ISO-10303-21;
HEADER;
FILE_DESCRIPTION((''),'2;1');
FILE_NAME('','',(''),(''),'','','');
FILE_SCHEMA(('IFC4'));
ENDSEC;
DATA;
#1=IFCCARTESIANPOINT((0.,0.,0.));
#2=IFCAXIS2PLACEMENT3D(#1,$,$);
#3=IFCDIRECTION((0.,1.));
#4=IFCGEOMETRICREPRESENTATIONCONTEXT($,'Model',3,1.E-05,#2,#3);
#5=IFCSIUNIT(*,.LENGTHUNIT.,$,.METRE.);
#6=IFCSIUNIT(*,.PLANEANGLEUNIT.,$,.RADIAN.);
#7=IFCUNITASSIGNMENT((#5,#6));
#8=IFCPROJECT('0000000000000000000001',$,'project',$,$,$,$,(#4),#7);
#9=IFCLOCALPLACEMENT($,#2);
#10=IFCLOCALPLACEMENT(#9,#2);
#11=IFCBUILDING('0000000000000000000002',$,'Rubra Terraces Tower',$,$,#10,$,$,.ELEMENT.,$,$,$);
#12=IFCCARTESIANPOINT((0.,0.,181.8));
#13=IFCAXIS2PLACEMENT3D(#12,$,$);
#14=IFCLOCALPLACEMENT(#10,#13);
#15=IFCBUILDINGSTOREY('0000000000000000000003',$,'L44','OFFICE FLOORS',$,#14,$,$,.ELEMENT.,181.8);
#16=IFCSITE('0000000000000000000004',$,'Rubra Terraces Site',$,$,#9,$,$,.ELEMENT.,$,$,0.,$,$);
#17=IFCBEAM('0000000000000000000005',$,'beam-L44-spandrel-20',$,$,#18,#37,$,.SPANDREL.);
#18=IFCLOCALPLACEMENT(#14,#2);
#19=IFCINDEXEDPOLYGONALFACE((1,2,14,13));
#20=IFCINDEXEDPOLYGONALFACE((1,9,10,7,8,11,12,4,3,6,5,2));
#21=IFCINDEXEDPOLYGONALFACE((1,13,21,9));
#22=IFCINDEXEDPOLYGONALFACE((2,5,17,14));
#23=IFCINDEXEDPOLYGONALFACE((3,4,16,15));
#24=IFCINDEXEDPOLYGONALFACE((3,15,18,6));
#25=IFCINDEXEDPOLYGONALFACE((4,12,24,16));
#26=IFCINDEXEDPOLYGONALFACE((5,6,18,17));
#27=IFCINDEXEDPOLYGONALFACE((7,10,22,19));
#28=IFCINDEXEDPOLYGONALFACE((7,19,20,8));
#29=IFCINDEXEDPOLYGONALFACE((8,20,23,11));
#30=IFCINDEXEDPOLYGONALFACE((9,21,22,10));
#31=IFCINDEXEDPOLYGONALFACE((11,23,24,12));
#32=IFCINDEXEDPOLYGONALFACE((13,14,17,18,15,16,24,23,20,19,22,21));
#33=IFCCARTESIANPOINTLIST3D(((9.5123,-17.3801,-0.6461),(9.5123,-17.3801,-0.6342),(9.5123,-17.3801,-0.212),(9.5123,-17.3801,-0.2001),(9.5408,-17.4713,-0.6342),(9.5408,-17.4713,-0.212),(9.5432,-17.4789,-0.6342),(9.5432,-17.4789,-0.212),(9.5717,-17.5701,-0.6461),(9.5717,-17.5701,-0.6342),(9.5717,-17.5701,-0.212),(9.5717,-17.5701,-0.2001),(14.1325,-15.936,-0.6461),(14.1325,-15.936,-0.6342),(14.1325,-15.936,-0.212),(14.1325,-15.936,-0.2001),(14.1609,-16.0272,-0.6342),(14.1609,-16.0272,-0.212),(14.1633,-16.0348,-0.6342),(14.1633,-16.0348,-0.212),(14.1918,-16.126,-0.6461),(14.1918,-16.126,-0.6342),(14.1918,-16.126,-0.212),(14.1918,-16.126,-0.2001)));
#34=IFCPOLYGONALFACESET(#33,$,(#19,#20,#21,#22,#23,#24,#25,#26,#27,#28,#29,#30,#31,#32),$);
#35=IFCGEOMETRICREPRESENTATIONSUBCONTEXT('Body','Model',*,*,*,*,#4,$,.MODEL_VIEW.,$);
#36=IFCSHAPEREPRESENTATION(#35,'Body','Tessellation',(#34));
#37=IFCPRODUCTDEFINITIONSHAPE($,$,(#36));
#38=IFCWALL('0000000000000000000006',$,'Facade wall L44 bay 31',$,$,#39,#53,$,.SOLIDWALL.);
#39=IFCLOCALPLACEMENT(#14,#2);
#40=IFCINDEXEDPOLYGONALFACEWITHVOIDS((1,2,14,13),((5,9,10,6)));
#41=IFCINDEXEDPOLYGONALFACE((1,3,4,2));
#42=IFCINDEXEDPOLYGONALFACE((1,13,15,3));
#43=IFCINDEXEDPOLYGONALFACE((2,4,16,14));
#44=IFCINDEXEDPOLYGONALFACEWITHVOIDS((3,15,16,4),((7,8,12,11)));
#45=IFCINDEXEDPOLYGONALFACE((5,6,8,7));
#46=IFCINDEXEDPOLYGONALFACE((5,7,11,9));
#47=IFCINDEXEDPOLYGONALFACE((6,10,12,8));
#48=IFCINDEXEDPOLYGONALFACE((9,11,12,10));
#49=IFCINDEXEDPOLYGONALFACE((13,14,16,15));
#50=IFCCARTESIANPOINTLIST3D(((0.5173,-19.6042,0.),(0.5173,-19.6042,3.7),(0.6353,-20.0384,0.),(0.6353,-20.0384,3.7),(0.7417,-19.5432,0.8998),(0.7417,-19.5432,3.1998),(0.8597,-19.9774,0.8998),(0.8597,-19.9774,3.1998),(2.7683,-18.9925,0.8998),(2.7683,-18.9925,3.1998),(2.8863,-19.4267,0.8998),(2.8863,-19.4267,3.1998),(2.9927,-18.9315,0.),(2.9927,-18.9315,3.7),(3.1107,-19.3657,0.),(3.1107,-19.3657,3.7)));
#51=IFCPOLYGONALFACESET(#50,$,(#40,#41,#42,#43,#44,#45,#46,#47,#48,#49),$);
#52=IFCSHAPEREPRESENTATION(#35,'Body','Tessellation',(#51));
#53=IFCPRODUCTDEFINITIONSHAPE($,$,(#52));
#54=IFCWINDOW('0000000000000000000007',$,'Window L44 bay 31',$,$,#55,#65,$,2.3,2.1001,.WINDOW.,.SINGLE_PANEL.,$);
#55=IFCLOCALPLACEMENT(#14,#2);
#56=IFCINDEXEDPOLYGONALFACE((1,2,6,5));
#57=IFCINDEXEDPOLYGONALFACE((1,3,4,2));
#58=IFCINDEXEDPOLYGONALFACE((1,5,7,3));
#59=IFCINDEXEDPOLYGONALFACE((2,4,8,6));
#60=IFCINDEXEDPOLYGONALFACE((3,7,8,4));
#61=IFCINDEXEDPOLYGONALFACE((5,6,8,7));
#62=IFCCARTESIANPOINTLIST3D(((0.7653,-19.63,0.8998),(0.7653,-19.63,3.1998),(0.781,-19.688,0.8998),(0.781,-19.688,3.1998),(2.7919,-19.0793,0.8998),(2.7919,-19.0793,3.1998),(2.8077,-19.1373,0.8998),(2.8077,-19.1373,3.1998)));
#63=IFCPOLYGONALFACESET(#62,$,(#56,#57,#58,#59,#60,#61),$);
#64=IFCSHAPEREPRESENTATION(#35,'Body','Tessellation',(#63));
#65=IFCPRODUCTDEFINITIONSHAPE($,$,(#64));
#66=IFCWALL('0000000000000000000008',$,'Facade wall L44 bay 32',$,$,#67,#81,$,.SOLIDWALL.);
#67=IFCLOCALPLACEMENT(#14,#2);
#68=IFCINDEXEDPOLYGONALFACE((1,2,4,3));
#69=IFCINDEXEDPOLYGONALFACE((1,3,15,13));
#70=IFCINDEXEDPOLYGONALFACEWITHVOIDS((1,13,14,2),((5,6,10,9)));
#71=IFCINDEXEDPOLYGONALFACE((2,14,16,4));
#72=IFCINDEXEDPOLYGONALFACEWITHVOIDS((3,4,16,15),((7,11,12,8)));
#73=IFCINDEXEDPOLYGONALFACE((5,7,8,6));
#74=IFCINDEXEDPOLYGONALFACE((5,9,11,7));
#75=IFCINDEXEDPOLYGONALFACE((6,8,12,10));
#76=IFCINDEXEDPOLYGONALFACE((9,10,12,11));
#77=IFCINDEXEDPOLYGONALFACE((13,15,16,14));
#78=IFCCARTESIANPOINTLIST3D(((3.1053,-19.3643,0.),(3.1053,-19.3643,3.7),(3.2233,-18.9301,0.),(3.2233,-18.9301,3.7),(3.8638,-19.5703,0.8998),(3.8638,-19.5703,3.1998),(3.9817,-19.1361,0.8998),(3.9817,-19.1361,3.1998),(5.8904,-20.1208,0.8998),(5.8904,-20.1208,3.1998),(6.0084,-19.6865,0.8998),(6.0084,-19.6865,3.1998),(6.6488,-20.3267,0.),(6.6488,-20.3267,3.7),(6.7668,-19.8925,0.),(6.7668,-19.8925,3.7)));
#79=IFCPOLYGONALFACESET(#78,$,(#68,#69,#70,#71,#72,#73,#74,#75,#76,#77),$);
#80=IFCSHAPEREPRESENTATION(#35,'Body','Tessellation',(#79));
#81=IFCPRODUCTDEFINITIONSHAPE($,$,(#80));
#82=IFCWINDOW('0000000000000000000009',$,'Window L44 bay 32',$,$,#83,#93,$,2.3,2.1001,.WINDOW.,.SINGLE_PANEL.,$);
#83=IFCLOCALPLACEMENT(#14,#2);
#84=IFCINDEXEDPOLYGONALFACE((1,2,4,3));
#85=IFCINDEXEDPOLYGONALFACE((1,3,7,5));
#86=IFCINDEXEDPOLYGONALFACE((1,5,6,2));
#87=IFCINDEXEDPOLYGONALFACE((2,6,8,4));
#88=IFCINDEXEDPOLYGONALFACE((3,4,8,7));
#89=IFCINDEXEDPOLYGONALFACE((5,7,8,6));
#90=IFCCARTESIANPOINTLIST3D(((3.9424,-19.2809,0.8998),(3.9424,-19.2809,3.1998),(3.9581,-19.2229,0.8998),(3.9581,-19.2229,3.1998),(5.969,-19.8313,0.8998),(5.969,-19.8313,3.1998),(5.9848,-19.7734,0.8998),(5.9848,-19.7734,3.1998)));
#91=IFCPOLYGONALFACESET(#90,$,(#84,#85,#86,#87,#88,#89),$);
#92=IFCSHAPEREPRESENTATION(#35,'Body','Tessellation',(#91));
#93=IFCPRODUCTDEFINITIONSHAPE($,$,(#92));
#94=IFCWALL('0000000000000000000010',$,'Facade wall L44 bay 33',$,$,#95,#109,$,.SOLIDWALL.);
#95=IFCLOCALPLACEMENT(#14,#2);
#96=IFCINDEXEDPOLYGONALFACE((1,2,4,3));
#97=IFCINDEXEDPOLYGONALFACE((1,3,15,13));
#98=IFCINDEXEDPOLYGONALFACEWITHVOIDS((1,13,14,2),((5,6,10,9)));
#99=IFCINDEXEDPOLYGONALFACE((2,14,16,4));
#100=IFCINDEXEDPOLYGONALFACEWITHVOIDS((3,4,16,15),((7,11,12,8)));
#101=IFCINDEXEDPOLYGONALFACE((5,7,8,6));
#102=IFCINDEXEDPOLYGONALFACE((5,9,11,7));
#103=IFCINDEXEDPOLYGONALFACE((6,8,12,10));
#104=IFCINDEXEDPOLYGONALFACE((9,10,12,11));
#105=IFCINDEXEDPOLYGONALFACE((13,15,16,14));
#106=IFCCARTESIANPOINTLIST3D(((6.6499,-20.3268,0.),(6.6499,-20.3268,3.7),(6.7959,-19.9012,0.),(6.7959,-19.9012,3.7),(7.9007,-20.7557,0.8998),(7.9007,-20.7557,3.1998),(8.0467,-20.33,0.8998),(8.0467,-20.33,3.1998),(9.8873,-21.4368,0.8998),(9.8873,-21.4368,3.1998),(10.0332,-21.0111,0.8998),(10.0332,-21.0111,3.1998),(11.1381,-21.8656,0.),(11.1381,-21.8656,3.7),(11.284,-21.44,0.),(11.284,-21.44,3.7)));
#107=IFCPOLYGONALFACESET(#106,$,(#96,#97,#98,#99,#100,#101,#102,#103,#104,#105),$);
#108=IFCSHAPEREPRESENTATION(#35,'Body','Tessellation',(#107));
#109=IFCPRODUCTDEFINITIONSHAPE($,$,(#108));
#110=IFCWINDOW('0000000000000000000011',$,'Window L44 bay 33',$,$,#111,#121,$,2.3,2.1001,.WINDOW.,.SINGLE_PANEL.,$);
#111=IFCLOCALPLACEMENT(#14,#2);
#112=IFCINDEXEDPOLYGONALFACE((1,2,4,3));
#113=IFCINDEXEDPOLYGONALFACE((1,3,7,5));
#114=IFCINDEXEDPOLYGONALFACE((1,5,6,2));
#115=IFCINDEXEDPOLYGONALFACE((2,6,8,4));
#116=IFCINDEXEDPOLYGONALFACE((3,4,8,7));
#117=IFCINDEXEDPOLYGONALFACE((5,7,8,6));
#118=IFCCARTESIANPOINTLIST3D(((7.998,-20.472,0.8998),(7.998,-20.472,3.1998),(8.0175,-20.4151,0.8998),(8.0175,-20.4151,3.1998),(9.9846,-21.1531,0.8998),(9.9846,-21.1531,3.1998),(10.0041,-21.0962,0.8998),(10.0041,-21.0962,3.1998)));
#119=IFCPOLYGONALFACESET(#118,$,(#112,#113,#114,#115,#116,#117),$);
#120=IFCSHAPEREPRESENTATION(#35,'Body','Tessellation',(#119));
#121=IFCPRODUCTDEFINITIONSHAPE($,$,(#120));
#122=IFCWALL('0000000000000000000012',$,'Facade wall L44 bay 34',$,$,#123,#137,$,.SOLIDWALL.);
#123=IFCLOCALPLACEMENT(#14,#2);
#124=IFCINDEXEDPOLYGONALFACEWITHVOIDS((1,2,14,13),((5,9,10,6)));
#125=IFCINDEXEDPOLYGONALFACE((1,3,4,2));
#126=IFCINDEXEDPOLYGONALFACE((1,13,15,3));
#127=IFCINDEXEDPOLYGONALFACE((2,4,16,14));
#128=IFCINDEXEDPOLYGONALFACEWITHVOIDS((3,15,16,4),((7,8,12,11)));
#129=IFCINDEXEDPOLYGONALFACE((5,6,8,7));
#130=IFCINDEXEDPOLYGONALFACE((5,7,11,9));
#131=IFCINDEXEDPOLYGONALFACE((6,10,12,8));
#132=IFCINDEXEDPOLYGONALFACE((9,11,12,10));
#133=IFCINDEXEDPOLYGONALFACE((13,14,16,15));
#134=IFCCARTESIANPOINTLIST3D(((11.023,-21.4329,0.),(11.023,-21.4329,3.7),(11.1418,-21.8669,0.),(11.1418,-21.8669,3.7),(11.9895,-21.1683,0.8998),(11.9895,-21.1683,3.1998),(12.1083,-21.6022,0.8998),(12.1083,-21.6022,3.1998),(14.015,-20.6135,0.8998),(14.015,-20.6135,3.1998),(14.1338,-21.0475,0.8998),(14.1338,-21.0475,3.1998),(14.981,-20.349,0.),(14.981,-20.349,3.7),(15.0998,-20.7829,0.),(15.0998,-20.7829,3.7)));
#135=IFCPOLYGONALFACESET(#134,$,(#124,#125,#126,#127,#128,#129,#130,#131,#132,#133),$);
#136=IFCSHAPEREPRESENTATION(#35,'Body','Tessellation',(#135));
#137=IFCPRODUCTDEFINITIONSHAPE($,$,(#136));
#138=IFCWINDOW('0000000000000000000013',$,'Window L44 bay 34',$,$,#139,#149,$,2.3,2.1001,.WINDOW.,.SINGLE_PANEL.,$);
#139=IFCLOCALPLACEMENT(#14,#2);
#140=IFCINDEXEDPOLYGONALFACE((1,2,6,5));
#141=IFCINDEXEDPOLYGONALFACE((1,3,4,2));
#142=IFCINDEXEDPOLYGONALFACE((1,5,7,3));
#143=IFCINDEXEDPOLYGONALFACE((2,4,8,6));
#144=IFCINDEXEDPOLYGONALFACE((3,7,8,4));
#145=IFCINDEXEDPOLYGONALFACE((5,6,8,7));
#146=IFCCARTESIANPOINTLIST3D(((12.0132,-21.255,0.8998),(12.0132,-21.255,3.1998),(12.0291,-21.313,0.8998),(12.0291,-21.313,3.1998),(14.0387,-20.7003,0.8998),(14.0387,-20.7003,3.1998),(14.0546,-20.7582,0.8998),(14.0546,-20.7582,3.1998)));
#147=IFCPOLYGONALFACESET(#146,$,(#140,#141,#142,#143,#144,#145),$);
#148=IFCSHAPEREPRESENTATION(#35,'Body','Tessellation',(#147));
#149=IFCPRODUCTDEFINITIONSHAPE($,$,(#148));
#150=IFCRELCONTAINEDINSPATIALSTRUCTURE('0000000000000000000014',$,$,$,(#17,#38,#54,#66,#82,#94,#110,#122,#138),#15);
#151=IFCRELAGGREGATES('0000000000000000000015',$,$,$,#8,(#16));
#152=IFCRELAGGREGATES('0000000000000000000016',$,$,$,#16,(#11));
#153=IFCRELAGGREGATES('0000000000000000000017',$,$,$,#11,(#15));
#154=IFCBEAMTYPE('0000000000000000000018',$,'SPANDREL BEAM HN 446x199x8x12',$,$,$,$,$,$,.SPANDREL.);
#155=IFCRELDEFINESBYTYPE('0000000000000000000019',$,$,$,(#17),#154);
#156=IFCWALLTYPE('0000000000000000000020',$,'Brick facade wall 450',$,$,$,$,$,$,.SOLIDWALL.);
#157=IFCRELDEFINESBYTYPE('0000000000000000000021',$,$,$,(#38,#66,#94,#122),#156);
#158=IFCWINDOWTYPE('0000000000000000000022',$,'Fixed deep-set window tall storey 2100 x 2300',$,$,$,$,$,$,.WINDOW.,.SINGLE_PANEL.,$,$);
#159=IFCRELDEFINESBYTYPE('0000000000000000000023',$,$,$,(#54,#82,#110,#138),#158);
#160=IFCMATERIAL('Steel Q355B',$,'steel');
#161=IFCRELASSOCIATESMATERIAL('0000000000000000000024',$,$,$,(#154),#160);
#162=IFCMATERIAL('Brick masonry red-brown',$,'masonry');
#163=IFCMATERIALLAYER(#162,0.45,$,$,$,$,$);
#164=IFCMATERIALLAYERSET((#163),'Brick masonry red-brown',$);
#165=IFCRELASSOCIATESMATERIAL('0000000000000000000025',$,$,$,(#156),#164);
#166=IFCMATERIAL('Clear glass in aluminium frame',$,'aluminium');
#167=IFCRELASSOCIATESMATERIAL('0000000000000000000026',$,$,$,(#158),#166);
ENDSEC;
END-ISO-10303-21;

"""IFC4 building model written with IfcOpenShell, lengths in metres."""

from ifc_helpers import new_model, si_unit, direction, frame, frame_2d, origin, origin_2d, place, context, subcontext, project, spatial, rectangle, i_section, extrude, material, layer, layer_set, material_profile, profile_set, type_object, element, fill, save


model = new_model("IFC4")

# Units and contexts
model_context = context("Model", 3, precision=1e-05, world=origin(), true_north=direction((0.0, 1.0)))
body_context = subcontext(model_context, "Body", "Model", "MODEL_VIEW")
ifc_project = project(units=[si_unit("LENGTHUNIT", "METRE"), si_unit("PLANEANGLEUNIT", "RADIAN")], contexts=[model_context])

# Site, building, storey
site_placement = place(None, origin())
site = spatial("IfcSite", under=ifc_project, at=site_placement, Name="Rubra Terraces Site", CompositionType="ELEMENT", RefElevation=0.0)
building_placement = place(site_placement, origin())
building = spatial("IfcBuilding", under=site, at=building_placement, Name="Rubra Terraces Tower", CompositionType="ELEMENT")
storey_placement = place(building_placement, frame((0.0, 0.0, 181.8)))
storey = spatial("IfcBuildingStorey", under=building, at=storey_placement, Name="L44", Description="OFFICE FLOORS", CompositionType="ELEMENT", Elevation=181.8)

# Beam
ifc_material_1 = material(Name="Steel Q355B", Category="steel")
ifc_material_profile_1 = material_profile(ifc_material_1, i_section(OverallWidth=0.199, OverallDepth=0.446, WebThickness=0.0081, FlangeThickness=0.012, at=origin_2d()), Name="HN 446x199x8x12")
ifc_profile_set_1 = profile_set([ifc_material_profile_1], Name="Steel Q355B")
beam_type_1 = type_object("IfcBeamType", Name="SPANDREL BEAM HN 446x199x8x12", PredefinedType="SPANDREL", material=ifc_profile_set_1)
beam_1_placement = place(storey_placement, frame((9.542, -17.4751, -0.4231), z_axis=(0.954462, 0.298332, 0.0), x_axis=(-0.298332, 0.954462, 0.0)))
element("IfcBeam", 1, at=beam_1_placement, inside=storey, type_object=beam_type_1, Name="beam-L44-spandrel-20", PredefinedType="SPANDREL", context=body_context, shape_type="SweptSolid", body=[
    extrude(i_section(OverallWidth=0.199, OverallDepth=0.446, WebThickness=0.0081, FlangeThickness=0.012, at=origin_2d()), origin(), (0.0, 0.0, 1.0), 4.8406),
])

# Walls, openings, windows
ifc_material_2 = material(Name="Brick masonry red-brown", Category="masonry")
ifc_layer_1 = layer(ifc_material_2, 0.45)
ifc_layer_set_1 = layer_set([ifc_layer_1], Name="Brick masonry red-brown")
wall_type_1 = type_object("IfcWallType", Name="Brick facade wall 450", PredefinedType="SOLIDWALL", material=ifc_layer_set_1)
wall_1_placement = place(storey_placement, frame((0.5762, -19.8213, 0.0), z_axis=(0.0, 0.0, 1.0), x_axis=(0.965009, 0.262215, 0.0)))
wall_1 = element("IfcWall", 2, at=wall_1_placement, inside=storey, type_object=wall_type_1, Name="Facade wall L44 bay 31", PredefinedType="SOLIDWALL", context=body_context, shape_type="SweptSolid", body=[
    extrude(rectangle(XDim=2.5652, YDim=0.45, at=frame_2d((1.2827, 0.0))), origin(), (0.0, 0.0, 1.0), 3.7),
])
opening_1_placement = place(wall_1_placement, frame((0.2327, 0.0, 0.8999)))
opening_1 = element("IfcOpeningElement", 3, at=opening_1_placement, cuts=wall_1, PredefinedType="OPENING", context=body_context, shape_type="SweptSolid", body=[
    extrude(rectangle(XDim=2.1001, YDim=2.3, at=frame_2d((1.05, 1.1499))), frame((0.0, 0.2349, 0.0), z_axis=(0.0, -1.0, 0.0), x_axis=(1.0, 0.0, 0.0)), (0.0, 0.0, 1.0), 0.47),
])
ifc_material_3 = material(Name="Clear glass in aluminium frame", Category="aluminium")
window_type = type_object("IfcWindowType", Name="Fixed deep-set window tall storey 2100 x 2300", PartitioningType="SINGLE_PANEL", PredefinedType="WINDOW", material=ifc_material_3)
window_1_placement = place(opening_1_placement, origin())
window_1 = element("IfcWindow", 4, at=window_1_placement, inside=storey, type_object=window_type, Name="Window L44 bay 31", OverallHeight=2.3, OverallWidth=2.1001, PartitioningType="SINGLE_PANEL", PredefinedType="WINDOW", context=body_context, shape_type="SweptSolid", body=[
    extrude(rectangle(XDim=2.1001, YDim=2.3, at=frame_2d((1.05, 1.1499))), frame((0.0, 0.135, 0.0), z_axis=(0.0, -1.0, 0.0), x_axis=(1.0, 0.0, 0.0)), (0.0, 0.0, 1.0), 0.0601),
])
fill(opening_1, window_1)
wall_2_placement = place(storey_placement, frame((3.1643, -19.1472, 0.0), z_axis=(0.0, 0.0, 1.0), x_axis=(0.965039, -0.262105, 0.0)))
wall_2 = element("IfcWall", 5, at=wall_2_placement, inside=storey, type_object=wall_type_1, Name="Facade wall L44 bay 32", PredefinedType="SOLIDWALL", context=body_context, shape_type="SweptSolid", body=[
    extrude(rectangle(XDim=3.6719, YDim=0.45, at=frame_2d((1.8359, 0.0))), origin(), (0.0, 0.0, 1.0), 3.7),
])
opening_2_placement = place(wall_2_placement, frame((0.7859, 0.0, 0.8999)))
opening_2 = element("IfcOpeningElement", 6, at=opening_2_placement, cuts=wall_2, PredefinedType="OPENING", context=body_context, shape_type="SweptSolid", body=[
    extrude(rectangle(XDim=2.1001, YDim=2.3, at=frame_2d((1.05, 1.1499))), frame((0.0, 0.2349, 0.0), z_axis=(0.0, -1.0, 0.0), x_axis=(1.0, 0.0, 0.0)), (0.0, 0.0, 1.0), 0.47),
])
window_2_placement = place(opening_2_placement, origin())
window_2 = element("IfcWindow", 7, at=window_2_placement, inside=storey, type_object=window_type, Name="Window L44 bay 32", OverallHeight=2.3, OverallWidth=2.1001, PartitioningType="SINGLE_PANEL", PredefinedType="WINDOW", context=body_context, shape_type="SweptSolid", body=[
    extrude(rectangle(XDim=2.1001, YDim=2.3, at=frame_2d((1.05, 1.1499))), frame((0.0, 0.135, 0.0), z_axis=(0.0, -1.0, 0.0), x_axis=(1.0, 0.0, 0.0)), (0.0, 0.0, 1.0), 0.0601),
])
fill(opening_2, window_2)
wall_3_placement = place(storey_placement, frame((6.7229, -20.114, 0.0), z_axis=(0.0, 0.0, 1.0), x_axis=(0.945947, -0.32432, 0.0)))
wall_3 = element("IfcWall", 8, at=wall_3_placement, inside=storey, type_object=wall_type_1, Name="Facade wall L44 bay 33", PredefinedType="SOLIDWALL", context=body_context, shape_type="SweptSolid", body=[
    extrude(rectangle(XDim=4.7446, YDim=0.45, at=frame_2d((2.3723, 0.0))), origin(), (0.0, 0.0, 1.0), 3.7),
])
opening_3_placement = place(wall_3_placement, frame((1.3223, 0.0, 0.8999)))
opening_3 = element("IfcOpeningElement", 9, at=opening_3_placement, cuts=wall_3, PredefinedType="OPENING", context=body_context, shape_type="SweptSolid", body=[
    extrude(rectangle(XDim=2.1001, YDim=2.3, at=frame_2d((1.05, 1.1499))), frame((0.0, 0.2349, 0.0), z_axis=(0.0, -1.0, 0.0), x_axis=(1.0, 0.0, 0.0)), (0.0, 0.0, 1.0), 0.47),
])
window_3_placement = place(opening_3_placement, origin())
window_3 = element("IfcWindow", 10, at=window_3_placement, inside=storey, type_object=window_type, Name="Window L44 bay 33", OverallHeight=2.3, OverallWidth=2.1001, PartitioningType="SINGLE_PANEL", PredefinedType="WINDOW", context=body_context, shape_type="SweptSolid", body=[
    extrude(rectangle(XDim=2.1001, YDim=2.3, at=frame_2d((1.05, 1.1499))), frame((0.0, 0.135, 0.0), z_axis=(0.0, -1.0, 0.0), x_axis=(1.0, 0.0, 0.0)), (0.0, 0.0, 1.0), 0.0601),
])
fill(opening_3, window_3)
wall_4_placement = place(storey_placement, frame((11.0825, -21.6499, 0.0), z_axis=(0.0, 0.0, 1.0), x_axis=(0.964483, 0.264144, 0.0)))
wall_4 = element("IfcWall", 11, at=wall_4_placement, inside=storey, type_object=wall_type_1, Name="Facade wall L44 bay 34", PredefinedType="SOLIDWALL", context=body_context, shape_type="SweptSolid", body=[
    extrude(rectangle(XDim=4.1038, YDim=0.45, at=frame_2d((2.0518, 0.0))), origin(), (0.0, 0.0, 1.0), 3.7),
])
opening_4_placement = place(wall_4_placement, frame((1.002, 0.0, 0.8999)))
opening_4 = element("IfcOpeningElement", 12, at=opening_4_placement, cuts=wall_4, PredefinedType="OPENING", context=body_context, shape_type="SweptSolid", body=[
    extrude(rectangle(XDim=2.1001, YDim=2.3, at=frame_2d((1.05, 1.1499))), frame((0.0, 0.2349, 0.0), z_axis=(0.0, -1.0, 0.0), x_axis=(1.0, 0.0, 0.0)), (0.0, 0.0, 1.0), 0.47),
])
window_4_placement = place(opening_4_placement, origin())
window_4 = element("IfcWindow", 13, at=window_4_placement, inside=storey, type_object=window_type, Name="Window L44 bay 34", OverallHeight=2.3, OverallWidth=2.1001, PartitioningType="SINGLE_PANEL", PredefinedType="WINDOW", context=body_context, shape_type="SweptSolid", body=[
    extrude(rectangle(XDim=2.1001, YDim=2.3, at=frame_2d((1.05, 1.1499))), frame((0.0, 0.135, 0.0), z_axis=(0.0, -1.0, 0.0), x_axis=(1.0, 0.0, 0.0)), (0.0, 0.0, 1.0), 0.0601),
])
fill(opening_4, window_4)

save(model, "model.ifc")
